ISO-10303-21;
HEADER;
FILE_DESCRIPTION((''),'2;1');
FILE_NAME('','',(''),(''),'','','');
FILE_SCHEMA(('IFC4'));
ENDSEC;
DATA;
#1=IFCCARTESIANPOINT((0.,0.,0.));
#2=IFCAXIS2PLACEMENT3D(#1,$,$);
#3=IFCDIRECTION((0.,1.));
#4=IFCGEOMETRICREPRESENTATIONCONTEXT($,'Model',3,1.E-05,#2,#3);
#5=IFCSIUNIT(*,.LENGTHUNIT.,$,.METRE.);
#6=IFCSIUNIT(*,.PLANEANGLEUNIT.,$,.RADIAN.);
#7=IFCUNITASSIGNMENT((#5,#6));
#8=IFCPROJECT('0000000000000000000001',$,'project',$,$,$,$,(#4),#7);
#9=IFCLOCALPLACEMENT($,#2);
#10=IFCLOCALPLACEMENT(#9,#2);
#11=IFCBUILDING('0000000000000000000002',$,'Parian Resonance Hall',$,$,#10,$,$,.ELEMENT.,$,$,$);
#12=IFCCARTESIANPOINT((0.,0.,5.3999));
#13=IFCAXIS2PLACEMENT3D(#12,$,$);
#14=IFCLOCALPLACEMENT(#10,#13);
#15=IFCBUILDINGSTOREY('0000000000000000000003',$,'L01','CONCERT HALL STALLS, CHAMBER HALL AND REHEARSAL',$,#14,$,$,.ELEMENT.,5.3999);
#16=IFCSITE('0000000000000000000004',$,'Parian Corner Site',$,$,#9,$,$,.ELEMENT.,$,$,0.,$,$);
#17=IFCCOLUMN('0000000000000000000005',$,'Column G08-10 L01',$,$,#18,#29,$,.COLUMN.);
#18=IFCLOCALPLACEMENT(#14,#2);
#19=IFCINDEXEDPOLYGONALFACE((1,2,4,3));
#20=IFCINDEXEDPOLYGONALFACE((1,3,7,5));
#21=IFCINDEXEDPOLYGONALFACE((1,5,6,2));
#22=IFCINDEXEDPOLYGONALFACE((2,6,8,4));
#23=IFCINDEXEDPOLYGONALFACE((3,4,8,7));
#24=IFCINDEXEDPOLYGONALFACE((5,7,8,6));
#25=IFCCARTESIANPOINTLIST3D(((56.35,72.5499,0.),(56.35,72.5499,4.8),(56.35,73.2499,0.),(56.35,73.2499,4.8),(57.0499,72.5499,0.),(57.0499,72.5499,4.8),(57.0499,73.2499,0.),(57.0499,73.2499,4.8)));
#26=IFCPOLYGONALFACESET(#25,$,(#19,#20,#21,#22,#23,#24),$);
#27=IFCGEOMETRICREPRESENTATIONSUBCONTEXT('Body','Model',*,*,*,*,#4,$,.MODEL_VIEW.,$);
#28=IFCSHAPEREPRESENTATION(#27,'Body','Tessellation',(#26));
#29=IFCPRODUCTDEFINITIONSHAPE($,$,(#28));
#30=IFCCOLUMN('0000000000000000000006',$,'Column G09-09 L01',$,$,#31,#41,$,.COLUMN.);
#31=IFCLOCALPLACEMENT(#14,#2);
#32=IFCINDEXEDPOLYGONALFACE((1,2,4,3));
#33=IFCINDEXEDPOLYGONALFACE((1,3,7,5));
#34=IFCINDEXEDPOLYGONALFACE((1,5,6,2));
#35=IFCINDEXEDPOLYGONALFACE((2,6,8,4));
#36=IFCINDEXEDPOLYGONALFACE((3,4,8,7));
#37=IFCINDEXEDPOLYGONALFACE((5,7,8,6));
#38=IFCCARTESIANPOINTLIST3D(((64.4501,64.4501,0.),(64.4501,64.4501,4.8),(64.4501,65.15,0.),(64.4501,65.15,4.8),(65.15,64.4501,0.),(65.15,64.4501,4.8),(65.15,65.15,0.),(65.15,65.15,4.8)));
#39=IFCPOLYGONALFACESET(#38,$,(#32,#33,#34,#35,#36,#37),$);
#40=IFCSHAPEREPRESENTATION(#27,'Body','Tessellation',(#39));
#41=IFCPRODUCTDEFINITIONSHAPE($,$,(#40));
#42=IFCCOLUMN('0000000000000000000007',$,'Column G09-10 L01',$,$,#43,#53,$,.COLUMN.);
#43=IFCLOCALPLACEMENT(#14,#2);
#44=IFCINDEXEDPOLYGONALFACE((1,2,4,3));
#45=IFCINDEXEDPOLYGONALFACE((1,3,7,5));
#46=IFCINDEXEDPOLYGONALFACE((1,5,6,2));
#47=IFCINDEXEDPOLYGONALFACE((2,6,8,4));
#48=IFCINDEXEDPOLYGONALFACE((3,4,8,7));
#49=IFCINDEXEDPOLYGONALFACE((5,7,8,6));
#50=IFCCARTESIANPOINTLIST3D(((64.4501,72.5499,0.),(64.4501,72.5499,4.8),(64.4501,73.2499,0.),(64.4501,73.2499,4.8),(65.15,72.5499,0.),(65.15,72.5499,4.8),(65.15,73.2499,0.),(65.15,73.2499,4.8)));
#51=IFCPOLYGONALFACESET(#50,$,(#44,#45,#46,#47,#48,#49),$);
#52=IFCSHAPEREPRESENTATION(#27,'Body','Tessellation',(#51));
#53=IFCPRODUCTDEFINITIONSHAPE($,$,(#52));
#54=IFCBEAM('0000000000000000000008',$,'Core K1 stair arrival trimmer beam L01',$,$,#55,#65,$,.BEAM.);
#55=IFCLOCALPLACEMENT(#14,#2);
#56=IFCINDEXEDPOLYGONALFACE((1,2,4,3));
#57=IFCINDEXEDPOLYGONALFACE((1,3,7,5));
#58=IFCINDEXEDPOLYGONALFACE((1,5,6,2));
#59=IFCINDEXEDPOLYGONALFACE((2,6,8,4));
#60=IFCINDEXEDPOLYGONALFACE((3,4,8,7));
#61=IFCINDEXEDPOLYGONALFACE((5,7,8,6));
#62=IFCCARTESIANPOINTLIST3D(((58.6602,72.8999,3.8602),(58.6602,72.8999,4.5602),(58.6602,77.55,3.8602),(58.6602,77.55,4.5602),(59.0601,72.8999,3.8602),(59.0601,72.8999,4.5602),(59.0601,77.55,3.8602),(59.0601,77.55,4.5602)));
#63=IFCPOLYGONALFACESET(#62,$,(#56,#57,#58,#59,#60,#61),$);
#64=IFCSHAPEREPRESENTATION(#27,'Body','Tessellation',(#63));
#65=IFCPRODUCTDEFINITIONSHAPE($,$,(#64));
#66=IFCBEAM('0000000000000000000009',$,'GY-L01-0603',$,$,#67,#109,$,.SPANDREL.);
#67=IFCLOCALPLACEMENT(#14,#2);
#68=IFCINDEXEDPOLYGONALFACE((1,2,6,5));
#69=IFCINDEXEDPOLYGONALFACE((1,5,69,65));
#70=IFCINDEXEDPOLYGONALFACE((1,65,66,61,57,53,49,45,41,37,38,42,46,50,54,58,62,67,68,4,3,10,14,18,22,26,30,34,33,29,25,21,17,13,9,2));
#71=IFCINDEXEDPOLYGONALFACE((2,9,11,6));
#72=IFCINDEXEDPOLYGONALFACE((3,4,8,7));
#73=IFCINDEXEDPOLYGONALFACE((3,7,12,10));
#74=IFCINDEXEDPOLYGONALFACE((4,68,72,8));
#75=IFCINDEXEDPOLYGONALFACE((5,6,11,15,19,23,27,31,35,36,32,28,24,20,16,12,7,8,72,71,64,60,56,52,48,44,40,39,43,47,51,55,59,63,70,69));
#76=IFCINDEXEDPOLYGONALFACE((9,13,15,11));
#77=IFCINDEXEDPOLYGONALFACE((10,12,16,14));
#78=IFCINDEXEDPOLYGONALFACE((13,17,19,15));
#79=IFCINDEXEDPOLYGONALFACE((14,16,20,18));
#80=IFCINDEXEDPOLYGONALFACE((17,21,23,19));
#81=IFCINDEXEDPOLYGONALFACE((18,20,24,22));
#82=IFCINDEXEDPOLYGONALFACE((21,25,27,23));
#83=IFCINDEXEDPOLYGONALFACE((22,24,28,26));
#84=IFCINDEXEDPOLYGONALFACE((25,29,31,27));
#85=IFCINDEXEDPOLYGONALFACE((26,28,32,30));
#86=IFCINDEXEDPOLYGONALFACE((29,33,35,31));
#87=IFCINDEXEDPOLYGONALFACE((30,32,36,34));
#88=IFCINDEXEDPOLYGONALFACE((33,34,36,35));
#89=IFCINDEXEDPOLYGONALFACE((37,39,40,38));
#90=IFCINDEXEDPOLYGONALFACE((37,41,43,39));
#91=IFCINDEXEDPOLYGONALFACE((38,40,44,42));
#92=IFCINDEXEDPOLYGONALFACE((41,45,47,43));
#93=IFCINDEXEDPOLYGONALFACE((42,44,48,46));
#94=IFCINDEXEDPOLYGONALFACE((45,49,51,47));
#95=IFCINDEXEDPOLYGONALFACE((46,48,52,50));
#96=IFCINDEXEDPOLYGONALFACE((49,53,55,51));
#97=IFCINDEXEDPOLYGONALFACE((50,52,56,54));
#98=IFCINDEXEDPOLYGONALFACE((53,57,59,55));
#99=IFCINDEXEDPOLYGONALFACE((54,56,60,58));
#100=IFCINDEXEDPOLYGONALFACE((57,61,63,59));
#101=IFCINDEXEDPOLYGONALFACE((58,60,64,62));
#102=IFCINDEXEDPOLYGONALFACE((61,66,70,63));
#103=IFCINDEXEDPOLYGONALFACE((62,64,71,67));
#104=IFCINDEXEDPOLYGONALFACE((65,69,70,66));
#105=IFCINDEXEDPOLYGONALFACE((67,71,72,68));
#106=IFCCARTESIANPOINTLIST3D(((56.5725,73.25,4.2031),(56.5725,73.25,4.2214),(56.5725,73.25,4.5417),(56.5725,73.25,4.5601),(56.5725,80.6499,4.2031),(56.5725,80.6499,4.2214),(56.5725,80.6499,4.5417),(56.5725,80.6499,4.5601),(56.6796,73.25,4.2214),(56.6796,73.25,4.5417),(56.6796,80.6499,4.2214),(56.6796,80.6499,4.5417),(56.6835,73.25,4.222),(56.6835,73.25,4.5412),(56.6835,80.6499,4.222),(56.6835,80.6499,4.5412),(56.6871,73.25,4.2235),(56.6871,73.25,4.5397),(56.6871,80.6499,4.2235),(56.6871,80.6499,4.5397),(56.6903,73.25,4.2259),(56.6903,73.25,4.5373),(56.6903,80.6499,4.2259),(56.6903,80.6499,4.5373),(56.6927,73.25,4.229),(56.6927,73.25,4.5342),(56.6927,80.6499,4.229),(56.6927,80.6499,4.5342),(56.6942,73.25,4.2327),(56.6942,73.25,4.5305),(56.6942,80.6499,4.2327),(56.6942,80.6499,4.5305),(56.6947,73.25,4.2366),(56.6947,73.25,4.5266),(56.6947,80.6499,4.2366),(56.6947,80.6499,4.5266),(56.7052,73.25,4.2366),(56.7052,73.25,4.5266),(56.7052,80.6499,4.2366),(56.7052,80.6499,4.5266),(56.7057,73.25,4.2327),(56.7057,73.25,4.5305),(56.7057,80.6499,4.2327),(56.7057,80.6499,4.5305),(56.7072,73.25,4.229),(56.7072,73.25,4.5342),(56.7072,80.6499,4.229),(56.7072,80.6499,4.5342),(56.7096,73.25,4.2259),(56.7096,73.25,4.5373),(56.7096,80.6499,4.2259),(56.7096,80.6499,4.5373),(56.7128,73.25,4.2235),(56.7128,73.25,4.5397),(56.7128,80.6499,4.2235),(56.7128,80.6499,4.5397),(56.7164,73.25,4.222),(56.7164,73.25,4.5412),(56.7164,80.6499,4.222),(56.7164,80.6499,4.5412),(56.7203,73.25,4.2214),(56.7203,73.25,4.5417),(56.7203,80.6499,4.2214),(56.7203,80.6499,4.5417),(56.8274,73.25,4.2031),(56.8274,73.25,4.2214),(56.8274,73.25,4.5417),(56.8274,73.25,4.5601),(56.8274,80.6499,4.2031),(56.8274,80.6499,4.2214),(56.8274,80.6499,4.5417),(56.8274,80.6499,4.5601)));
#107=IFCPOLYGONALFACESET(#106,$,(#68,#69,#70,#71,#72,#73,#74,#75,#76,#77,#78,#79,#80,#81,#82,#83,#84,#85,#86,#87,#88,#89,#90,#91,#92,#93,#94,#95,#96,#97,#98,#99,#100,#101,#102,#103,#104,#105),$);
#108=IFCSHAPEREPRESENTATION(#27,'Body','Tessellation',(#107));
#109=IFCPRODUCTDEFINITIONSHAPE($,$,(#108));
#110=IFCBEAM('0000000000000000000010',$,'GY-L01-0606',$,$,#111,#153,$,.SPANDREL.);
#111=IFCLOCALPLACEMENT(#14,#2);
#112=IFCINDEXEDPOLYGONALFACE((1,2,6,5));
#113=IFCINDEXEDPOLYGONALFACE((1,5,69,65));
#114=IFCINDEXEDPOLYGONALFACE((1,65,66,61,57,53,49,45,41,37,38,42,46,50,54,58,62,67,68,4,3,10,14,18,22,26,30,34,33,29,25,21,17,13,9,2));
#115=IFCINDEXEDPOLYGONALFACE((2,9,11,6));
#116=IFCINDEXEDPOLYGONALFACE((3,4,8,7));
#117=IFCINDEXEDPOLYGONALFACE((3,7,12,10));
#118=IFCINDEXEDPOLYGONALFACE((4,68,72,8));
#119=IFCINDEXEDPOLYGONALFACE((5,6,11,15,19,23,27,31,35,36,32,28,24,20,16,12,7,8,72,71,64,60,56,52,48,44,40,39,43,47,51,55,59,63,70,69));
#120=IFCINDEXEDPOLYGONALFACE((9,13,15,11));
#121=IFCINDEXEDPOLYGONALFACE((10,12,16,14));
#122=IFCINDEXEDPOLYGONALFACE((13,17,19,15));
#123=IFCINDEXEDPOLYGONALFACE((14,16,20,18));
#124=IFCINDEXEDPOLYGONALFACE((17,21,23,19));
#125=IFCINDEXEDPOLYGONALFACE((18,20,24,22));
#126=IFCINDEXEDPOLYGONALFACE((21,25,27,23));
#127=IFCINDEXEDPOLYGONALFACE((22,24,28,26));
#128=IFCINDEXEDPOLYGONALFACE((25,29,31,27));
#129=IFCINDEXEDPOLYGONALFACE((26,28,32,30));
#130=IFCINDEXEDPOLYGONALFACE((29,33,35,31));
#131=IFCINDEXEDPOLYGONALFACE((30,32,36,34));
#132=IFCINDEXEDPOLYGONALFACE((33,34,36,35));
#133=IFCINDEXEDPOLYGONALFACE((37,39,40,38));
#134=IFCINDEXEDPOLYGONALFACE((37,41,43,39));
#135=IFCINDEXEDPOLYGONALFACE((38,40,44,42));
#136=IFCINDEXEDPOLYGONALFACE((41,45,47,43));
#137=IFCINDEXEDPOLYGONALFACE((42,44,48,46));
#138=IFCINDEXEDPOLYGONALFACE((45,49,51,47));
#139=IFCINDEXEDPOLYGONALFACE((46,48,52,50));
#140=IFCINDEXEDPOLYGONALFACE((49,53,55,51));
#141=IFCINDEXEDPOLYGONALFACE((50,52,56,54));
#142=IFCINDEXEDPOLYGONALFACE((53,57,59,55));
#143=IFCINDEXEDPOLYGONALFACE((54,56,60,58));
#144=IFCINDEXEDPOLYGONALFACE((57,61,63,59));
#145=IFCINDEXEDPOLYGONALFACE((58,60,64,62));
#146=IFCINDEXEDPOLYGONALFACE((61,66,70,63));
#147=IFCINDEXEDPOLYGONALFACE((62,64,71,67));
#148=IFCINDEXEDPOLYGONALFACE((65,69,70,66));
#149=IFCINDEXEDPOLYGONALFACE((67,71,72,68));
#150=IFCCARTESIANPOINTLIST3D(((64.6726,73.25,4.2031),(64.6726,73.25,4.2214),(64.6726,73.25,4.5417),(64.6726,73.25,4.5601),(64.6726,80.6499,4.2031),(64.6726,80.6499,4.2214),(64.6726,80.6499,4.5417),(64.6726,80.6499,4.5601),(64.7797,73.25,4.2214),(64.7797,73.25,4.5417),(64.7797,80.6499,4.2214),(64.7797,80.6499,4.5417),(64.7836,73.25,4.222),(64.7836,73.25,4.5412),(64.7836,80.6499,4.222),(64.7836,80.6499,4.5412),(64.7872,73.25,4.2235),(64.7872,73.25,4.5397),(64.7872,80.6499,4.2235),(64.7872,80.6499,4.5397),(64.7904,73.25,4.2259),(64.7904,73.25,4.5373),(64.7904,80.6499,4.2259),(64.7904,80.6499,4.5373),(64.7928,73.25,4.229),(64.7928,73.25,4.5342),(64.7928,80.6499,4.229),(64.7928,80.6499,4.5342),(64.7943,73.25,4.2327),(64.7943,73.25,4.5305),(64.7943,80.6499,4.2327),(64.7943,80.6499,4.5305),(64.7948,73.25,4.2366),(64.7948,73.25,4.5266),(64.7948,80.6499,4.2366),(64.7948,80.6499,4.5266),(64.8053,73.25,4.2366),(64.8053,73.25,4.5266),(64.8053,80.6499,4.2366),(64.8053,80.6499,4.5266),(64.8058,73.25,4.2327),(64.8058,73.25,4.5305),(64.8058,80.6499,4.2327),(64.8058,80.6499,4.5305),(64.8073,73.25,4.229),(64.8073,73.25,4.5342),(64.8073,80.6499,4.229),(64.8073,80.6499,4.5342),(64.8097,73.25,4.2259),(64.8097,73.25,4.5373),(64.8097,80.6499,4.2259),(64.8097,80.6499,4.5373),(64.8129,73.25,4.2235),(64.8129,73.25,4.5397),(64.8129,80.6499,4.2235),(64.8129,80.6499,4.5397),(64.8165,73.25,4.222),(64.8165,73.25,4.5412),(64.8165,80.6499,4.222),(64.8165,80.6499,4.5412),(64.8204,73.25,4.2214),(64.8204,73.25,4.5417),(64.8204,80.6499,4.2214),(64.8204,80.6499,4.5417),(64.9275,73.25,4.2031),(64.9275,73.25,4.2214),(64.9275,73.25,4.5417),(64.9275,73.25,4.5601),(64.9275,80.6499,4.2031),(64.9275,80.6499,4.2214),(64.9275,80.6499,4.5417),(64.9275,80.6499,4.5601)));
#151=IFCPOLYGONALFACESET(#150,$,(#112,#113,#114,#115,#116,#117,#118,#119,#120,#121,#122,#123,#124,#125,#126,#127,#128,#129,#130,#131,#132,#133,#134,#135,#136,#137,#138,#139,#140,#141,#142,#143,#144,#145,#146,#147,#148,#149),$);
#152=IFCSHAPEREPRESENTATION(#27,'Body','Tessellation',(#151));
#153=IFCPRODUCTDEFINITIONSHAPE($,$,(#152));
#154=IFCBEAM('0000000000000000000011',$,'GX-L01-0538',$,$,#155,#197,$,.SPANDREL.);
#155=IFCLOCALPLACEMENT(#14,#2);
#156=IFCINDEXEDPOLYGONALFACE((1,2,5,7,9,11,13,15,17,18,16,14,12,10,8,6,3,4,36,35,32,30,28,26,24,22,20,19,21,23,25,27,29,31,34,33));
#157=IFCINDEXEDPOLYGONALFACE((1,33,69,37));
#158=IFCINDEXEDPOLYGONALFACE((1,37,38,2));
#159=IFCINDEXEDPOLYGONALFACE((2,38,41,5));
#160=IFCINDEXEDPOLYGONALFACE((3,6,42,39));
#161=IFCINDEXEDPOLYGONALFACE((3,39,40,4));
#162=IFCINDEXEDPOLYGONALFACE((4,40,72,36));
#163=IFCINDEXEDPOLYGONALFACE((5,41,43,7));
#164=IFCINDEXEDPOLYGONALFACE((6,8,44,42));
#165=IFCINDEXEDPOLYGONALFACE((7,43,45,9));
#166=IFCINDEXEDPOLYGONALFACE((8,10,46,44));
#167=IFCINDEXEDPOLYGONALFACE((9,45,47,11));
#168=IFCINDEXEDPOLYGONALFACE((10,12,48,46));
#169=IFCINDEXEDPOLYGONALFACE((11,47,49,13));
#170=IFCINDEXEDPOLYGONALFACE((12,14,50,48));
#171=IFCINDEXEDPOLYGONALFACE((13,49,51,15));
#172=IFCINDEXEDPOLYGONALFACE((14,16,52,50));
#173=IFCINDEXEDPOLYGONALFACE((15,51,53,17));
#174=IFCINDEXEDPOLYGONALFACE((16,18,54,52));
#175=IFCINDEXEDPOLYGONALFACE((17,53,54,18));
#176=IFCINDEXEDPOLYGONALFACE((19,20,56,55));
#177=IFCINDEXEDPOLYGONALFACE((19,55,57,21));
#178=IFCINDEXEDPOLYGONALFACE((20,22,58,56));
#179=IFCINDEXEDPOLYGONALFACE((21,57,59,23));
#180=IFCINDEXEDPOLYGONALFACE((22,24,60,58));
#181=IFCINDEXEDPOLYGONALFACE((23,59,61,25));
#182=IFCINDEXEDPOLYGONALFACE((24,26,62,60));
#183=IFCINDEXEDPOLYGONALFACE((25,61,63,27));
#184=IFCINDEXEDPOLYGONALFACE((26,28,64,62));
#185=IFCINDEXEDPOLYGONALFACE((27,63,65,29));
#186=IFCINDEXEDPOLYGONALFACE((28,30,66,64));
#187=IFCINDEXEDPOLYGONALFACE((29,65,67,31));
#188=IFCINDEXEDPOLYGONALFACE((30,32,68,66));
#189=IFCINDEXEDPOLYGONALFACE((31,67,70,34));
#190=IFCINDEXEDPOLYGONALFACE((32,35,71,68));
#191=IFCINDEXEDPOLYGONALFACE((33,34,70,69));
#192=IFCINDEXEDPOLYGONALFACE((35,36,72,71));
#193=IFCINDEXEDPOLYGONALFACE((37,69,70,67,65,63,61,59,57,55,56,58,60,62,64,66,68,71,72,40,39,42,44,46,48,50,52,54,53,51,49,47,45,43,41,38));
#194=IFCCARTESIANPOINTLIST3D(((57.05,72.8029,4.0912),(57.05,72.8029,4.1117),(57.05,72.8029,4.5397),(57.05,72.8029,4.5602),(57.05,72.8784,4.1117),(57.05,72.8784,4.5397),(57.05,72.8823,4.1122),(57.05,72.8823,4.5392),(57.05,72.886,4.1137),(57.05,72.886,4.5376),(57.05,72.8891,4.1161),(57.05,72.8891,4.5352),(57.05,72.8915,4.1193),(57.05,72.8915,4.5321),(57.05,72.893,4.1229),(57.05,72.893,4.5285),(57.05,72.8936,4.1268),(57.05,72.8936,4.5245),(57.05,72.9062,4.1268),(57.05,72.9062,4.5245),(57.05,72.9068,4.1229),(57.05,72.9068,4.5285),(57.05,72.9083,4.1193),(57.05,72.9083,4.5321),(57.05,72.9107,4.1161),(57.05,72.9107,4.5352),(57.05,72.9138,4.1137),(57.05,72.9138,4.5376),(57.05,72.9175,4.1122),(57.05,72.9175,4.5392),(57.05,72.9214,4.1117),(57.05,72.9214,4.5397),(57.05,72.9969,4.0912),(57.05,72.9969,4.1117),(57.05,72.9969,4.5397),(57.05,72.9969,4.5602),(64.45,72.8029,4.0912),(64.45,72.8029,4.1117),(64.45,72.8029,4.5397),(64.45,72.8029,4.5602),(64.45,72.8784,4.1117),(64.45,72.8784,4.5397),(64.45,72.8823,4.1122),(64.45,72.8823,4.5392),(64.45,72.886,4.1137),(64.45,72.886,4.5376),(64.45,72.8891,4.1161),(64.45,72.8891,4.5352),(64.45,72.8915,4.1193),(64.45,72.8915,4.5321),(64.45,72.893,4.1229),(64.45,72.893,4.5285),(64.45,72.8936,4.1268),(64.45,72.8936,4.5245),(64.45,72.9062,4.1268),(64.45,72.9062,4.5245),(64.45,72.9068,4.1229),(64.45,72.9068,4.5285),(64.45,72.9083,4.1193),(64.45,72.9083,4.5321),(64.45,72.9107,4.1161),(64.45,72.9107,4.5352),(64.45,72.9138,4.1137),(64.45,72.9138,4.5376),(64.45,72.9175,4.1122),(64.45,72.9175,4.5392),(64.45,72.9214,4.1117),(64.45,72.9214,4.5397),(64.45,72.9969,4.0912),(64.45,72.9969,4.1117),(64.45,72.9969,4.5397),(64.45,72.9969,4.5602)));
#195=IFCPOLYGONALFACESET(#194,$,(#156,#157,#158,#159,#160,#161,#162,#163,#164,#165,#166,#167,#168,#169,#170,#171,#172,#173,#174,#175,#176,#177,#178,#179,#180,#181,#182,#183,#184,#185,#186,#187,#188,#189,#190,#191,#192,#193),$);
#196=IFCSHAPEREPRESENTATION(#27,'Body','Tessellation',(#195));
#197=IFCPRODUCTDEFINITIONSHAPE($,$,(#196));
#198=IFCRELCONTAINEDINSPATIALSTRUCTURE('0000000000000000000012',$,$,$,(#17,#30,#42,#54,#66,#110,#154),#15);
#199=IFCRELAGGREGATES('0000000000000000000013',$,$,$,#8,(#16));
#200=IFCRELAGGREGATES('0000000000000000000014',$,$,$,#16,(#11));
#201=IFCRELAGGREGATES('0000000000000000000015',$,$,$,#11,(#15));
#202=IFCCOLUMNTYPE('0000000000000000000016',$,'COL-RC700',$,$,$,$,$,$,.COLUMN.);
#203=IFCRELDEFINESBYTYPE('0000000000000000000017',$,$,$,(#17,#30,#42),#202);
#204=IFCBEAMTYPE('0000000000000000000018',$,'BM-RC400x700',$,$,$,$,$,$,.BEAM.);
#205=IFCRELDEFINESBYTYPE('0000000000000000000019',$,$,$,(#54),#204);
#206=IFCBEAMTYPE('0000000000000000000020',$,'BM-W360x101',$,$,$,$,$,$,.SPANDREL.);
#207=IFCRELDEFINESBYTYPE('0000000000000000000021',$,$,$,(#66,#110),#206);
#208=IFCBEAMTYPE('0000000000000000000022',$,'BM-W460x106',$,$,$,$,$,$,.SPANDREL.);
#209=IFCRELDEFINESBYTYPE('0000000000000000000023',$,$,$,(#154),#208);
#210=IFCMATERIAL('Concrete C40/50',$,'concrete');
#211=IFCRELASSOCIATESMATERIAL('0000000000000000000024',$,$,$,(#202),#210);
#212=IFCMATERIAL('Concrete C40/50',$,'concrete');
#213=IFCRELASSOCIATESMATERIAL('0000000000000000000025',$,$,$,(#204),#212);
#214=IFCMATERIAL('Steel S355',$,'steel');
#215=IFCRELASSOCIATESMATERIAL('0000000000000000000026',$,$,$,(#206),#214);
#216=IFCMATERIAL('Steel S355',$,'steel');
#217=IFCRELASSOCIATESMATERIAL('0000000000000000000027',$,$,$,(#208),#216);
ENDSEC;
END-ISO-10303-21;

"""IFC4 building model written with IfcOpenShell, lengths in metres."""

from ifc_helpers import new_model, si_unit, direction, frame, origin, origin_2d, place, context, subcontext, project, spatial, rectangle, i_section, extrude, material, material_profile, profile_set, type_object, element, save


model = new_model("IFC4")

# Units and contexts
model_context = context("Model", 3, precision=1e-05, world=origin(), true_north=direction((0.0, 1.0)))
body_context = subcontext(model_context, "Body", "Model", "MODEL_VIEW")
ifc_project = project(units=[si_unit("LENGTHUNIT", "METRE"), si_unit("PLANEANGLEUNIT", "RADIAN")], contexts=[model_context])

# Site, building, storey
site_placement = place(None, origin())
site = spatial("IfcSite", under=ifc_project, at=site_placement, Name="Parian Corner Site", CompositionType="ELEMENT", RefElevation=0.0)
building_placement = place(site_placement, origin())
building = spatial("IfcBuilding", under=site, at=building_placement, Name="Parian Resonance Hall", CompositionType="ELEMENT")
storey_placement = place(building_placement, frame((0.0, 0.0, 5.3999)))
storey = spatial("IfcBuildingStorey", under=building, at=storey_placement, Name="L01", Description="CONCERT HALL STALLS, CHAMBER HALL AND REHEARSAL", CompositionType="ELEMENT", Elevation=5.3999)

# Columns
ifc_material_1 = material(Name="Concrete C40/50", Category="concrete")
ifc_material_profile_1 = material_profile(ifc_material_1, rectangle(XDim=0.7, YDim=0.7, at=origin_2d()), Name="RC-COL-700x700")
ifc_profile_set_1 = profile_set([ifc_material_profile_1], Name="Concrete C40/50")
column_type = type_object("IfcColumnType", Name="COL-RC700", PredefinedType="COLUMN", material=ifc_profile_set_1)
for number, where, z_axis, x_axis, name in (
    (1, (56.7, 72.8999, 0.0), (0.0, 0.0, 1.0), (1.0, 0.0, 0.0), "Column G08-10 L01"),
    (2, (64.8, 64.8, 0.0), (0.0, 0.0, 1.0), (1.0, 0.0, 0.0), "Column G09-09 L01"),
    (3, (64.8, 72.8999, 0.0), (0.0, 0.0, 1.0), (1.0, 0.0, 0.0), "Column G09-10 L01"),
):
    element("IfcColumn", number, at=place(storey_placement, frame(where, z_axis=z_axis, x_axis=x_axis)), inside=storey, type_object=column_type, Name=name, PredefinedType="COLUMN", context=body_context, shape_type="SweptSolid", body=[
        extrude(rectangle(XDim=0.7, YDim=0.7, at=origin_2d()), origin(), (0.0, 0.0, 1.0), 4.8),
    ])

# Beams
ifc_material_2 = material(Name="Concrete C40/50", Category="concrete")
ifc_material_profile_2 = material_profile(ifc_material_2, rectangle(XDim=0.3999, YDim=0.7, at=origin_2d()), Name="RC-BM-400x700")
ifc_profile_set_2 = profile_set([ifc_material_profile_2], Name="Concrete C40/50")
beam_type_1 = type_object("IfcBeamType", Name="BM-RC400x700", PredefinedType="BEAM", material=ifc_profile_set_2)
beam_1_placement = place(storey_placement, frame((58.8601, 72.8999, 4.2102), z_axis=(0.0, 1.0, 0.0), x_axis=(-1.0, 0.0, 0.0)))
element("IfcBeam", 4, at=beam_1_placement, inside=storey, type_object=beam_type_1, Name="Core K1 stair arrival trimmer beam L01", PredefinedType="BEAM", context=body_context, shape_type="SweptSolid", body=[
    extrude(rectangle(XDim=0.3999, YDim=0.7, at=origin_2d()), origin(), (0.0, 0.0, 1.0), 4.6501),
])
ifc_material_3 = material(Name="Steel S355", Category="steel")
ifc_material_profile_3 = material_profile(ifc_material_3, i_section(OverallWidth=0.2549, OverallDepth=0.3569, WebThickness=0.0105, FlangeThickness=0.0183, FilletRadius=0.0151, at=origin_2d()), Name="W360x101")
ifc_profile_set_3 = profile_set([ifc_material_profile_3], Name="Steel S355")
beam_type_2 = type_object("IfcBeamType", Name="BM-W360x101", PredefinedType="SPANDREL", material=ifc_profile_set_3)
for number, where, z_axis, x_axis, name in (
    (5, (56.7, 73.25, 4.3816), (0.0, 1.0, 0.0), (-1.0, 0.0, 0.0), "GY-L01-0603"),
    (6, (64.8, 73.25, 4.3816), (0.0, 1.0, 0.0), (-1.0, 0.0, 0.0), "GY-L01-0606"),
):
    element("IfcBeam", number, at=place(storey_placement, frame(where, z_axis=z_axis, x_axis=x_axis)), inside=storey, type_object=beam_type_2, Name=name, PredefinedType="SPANDREL", context=body_context, shape_type="SweptSolid", body=[
        extrude(i_section(OverallWidth=0.2549, OverallDepth=0.3569, WebThickness=0.0105, FlangeThickness=0.0183, FilletRadius=0.0151, at=origin_2d()), origin(), (0.0, 0.0, 1.0), 7.3999),
    ])
ifc_material_4 = material(Name="Steel S355", Category="steel")
ifc_material_profile_4 = material_profile(ifc_material_4, i_section(OverallWidth=0.1941, OverallDepth=0.469, WebThickness=0.0127, FlangeThickness=0.0205, FilletRadius=0.0151, at=origin_2d()), Name="W460x106")
ifc_profile_set_4 = profile_set([ifc_material_profile_4], Name="Steel S355")
beam_type_3 = type_object("IfcBeamType", Name="BM-W460x106", PredefinedType="SPANDREL", material=ifc_profile_set_4)
beam_2_placement = place(storey_placement, frame((57.05, 72.8999, 4.3257), z_axis=(1.0, 0.0, 0.0), x_axis=(0.0, 1.0, 0.0)))
element("IfcBeam", 7, at=beam_2_placement, inside=storey, type_object=beam_type_3, Name="GX-L01-0538", PredefinedType="SPANDREL", context=body_context, shape_type="SweptSolid", body=[
    extrude(i_section(OverallWidth=0.1941, OverallDepth=0.469, WebThickness=0.0127, FlangeThickness=0.0205, FilletRadius=0.0151, at=origin_2d()), origin(), (0.0, 0.0, 1.0), 7.3999),
])

save(model, "model.ifc")
